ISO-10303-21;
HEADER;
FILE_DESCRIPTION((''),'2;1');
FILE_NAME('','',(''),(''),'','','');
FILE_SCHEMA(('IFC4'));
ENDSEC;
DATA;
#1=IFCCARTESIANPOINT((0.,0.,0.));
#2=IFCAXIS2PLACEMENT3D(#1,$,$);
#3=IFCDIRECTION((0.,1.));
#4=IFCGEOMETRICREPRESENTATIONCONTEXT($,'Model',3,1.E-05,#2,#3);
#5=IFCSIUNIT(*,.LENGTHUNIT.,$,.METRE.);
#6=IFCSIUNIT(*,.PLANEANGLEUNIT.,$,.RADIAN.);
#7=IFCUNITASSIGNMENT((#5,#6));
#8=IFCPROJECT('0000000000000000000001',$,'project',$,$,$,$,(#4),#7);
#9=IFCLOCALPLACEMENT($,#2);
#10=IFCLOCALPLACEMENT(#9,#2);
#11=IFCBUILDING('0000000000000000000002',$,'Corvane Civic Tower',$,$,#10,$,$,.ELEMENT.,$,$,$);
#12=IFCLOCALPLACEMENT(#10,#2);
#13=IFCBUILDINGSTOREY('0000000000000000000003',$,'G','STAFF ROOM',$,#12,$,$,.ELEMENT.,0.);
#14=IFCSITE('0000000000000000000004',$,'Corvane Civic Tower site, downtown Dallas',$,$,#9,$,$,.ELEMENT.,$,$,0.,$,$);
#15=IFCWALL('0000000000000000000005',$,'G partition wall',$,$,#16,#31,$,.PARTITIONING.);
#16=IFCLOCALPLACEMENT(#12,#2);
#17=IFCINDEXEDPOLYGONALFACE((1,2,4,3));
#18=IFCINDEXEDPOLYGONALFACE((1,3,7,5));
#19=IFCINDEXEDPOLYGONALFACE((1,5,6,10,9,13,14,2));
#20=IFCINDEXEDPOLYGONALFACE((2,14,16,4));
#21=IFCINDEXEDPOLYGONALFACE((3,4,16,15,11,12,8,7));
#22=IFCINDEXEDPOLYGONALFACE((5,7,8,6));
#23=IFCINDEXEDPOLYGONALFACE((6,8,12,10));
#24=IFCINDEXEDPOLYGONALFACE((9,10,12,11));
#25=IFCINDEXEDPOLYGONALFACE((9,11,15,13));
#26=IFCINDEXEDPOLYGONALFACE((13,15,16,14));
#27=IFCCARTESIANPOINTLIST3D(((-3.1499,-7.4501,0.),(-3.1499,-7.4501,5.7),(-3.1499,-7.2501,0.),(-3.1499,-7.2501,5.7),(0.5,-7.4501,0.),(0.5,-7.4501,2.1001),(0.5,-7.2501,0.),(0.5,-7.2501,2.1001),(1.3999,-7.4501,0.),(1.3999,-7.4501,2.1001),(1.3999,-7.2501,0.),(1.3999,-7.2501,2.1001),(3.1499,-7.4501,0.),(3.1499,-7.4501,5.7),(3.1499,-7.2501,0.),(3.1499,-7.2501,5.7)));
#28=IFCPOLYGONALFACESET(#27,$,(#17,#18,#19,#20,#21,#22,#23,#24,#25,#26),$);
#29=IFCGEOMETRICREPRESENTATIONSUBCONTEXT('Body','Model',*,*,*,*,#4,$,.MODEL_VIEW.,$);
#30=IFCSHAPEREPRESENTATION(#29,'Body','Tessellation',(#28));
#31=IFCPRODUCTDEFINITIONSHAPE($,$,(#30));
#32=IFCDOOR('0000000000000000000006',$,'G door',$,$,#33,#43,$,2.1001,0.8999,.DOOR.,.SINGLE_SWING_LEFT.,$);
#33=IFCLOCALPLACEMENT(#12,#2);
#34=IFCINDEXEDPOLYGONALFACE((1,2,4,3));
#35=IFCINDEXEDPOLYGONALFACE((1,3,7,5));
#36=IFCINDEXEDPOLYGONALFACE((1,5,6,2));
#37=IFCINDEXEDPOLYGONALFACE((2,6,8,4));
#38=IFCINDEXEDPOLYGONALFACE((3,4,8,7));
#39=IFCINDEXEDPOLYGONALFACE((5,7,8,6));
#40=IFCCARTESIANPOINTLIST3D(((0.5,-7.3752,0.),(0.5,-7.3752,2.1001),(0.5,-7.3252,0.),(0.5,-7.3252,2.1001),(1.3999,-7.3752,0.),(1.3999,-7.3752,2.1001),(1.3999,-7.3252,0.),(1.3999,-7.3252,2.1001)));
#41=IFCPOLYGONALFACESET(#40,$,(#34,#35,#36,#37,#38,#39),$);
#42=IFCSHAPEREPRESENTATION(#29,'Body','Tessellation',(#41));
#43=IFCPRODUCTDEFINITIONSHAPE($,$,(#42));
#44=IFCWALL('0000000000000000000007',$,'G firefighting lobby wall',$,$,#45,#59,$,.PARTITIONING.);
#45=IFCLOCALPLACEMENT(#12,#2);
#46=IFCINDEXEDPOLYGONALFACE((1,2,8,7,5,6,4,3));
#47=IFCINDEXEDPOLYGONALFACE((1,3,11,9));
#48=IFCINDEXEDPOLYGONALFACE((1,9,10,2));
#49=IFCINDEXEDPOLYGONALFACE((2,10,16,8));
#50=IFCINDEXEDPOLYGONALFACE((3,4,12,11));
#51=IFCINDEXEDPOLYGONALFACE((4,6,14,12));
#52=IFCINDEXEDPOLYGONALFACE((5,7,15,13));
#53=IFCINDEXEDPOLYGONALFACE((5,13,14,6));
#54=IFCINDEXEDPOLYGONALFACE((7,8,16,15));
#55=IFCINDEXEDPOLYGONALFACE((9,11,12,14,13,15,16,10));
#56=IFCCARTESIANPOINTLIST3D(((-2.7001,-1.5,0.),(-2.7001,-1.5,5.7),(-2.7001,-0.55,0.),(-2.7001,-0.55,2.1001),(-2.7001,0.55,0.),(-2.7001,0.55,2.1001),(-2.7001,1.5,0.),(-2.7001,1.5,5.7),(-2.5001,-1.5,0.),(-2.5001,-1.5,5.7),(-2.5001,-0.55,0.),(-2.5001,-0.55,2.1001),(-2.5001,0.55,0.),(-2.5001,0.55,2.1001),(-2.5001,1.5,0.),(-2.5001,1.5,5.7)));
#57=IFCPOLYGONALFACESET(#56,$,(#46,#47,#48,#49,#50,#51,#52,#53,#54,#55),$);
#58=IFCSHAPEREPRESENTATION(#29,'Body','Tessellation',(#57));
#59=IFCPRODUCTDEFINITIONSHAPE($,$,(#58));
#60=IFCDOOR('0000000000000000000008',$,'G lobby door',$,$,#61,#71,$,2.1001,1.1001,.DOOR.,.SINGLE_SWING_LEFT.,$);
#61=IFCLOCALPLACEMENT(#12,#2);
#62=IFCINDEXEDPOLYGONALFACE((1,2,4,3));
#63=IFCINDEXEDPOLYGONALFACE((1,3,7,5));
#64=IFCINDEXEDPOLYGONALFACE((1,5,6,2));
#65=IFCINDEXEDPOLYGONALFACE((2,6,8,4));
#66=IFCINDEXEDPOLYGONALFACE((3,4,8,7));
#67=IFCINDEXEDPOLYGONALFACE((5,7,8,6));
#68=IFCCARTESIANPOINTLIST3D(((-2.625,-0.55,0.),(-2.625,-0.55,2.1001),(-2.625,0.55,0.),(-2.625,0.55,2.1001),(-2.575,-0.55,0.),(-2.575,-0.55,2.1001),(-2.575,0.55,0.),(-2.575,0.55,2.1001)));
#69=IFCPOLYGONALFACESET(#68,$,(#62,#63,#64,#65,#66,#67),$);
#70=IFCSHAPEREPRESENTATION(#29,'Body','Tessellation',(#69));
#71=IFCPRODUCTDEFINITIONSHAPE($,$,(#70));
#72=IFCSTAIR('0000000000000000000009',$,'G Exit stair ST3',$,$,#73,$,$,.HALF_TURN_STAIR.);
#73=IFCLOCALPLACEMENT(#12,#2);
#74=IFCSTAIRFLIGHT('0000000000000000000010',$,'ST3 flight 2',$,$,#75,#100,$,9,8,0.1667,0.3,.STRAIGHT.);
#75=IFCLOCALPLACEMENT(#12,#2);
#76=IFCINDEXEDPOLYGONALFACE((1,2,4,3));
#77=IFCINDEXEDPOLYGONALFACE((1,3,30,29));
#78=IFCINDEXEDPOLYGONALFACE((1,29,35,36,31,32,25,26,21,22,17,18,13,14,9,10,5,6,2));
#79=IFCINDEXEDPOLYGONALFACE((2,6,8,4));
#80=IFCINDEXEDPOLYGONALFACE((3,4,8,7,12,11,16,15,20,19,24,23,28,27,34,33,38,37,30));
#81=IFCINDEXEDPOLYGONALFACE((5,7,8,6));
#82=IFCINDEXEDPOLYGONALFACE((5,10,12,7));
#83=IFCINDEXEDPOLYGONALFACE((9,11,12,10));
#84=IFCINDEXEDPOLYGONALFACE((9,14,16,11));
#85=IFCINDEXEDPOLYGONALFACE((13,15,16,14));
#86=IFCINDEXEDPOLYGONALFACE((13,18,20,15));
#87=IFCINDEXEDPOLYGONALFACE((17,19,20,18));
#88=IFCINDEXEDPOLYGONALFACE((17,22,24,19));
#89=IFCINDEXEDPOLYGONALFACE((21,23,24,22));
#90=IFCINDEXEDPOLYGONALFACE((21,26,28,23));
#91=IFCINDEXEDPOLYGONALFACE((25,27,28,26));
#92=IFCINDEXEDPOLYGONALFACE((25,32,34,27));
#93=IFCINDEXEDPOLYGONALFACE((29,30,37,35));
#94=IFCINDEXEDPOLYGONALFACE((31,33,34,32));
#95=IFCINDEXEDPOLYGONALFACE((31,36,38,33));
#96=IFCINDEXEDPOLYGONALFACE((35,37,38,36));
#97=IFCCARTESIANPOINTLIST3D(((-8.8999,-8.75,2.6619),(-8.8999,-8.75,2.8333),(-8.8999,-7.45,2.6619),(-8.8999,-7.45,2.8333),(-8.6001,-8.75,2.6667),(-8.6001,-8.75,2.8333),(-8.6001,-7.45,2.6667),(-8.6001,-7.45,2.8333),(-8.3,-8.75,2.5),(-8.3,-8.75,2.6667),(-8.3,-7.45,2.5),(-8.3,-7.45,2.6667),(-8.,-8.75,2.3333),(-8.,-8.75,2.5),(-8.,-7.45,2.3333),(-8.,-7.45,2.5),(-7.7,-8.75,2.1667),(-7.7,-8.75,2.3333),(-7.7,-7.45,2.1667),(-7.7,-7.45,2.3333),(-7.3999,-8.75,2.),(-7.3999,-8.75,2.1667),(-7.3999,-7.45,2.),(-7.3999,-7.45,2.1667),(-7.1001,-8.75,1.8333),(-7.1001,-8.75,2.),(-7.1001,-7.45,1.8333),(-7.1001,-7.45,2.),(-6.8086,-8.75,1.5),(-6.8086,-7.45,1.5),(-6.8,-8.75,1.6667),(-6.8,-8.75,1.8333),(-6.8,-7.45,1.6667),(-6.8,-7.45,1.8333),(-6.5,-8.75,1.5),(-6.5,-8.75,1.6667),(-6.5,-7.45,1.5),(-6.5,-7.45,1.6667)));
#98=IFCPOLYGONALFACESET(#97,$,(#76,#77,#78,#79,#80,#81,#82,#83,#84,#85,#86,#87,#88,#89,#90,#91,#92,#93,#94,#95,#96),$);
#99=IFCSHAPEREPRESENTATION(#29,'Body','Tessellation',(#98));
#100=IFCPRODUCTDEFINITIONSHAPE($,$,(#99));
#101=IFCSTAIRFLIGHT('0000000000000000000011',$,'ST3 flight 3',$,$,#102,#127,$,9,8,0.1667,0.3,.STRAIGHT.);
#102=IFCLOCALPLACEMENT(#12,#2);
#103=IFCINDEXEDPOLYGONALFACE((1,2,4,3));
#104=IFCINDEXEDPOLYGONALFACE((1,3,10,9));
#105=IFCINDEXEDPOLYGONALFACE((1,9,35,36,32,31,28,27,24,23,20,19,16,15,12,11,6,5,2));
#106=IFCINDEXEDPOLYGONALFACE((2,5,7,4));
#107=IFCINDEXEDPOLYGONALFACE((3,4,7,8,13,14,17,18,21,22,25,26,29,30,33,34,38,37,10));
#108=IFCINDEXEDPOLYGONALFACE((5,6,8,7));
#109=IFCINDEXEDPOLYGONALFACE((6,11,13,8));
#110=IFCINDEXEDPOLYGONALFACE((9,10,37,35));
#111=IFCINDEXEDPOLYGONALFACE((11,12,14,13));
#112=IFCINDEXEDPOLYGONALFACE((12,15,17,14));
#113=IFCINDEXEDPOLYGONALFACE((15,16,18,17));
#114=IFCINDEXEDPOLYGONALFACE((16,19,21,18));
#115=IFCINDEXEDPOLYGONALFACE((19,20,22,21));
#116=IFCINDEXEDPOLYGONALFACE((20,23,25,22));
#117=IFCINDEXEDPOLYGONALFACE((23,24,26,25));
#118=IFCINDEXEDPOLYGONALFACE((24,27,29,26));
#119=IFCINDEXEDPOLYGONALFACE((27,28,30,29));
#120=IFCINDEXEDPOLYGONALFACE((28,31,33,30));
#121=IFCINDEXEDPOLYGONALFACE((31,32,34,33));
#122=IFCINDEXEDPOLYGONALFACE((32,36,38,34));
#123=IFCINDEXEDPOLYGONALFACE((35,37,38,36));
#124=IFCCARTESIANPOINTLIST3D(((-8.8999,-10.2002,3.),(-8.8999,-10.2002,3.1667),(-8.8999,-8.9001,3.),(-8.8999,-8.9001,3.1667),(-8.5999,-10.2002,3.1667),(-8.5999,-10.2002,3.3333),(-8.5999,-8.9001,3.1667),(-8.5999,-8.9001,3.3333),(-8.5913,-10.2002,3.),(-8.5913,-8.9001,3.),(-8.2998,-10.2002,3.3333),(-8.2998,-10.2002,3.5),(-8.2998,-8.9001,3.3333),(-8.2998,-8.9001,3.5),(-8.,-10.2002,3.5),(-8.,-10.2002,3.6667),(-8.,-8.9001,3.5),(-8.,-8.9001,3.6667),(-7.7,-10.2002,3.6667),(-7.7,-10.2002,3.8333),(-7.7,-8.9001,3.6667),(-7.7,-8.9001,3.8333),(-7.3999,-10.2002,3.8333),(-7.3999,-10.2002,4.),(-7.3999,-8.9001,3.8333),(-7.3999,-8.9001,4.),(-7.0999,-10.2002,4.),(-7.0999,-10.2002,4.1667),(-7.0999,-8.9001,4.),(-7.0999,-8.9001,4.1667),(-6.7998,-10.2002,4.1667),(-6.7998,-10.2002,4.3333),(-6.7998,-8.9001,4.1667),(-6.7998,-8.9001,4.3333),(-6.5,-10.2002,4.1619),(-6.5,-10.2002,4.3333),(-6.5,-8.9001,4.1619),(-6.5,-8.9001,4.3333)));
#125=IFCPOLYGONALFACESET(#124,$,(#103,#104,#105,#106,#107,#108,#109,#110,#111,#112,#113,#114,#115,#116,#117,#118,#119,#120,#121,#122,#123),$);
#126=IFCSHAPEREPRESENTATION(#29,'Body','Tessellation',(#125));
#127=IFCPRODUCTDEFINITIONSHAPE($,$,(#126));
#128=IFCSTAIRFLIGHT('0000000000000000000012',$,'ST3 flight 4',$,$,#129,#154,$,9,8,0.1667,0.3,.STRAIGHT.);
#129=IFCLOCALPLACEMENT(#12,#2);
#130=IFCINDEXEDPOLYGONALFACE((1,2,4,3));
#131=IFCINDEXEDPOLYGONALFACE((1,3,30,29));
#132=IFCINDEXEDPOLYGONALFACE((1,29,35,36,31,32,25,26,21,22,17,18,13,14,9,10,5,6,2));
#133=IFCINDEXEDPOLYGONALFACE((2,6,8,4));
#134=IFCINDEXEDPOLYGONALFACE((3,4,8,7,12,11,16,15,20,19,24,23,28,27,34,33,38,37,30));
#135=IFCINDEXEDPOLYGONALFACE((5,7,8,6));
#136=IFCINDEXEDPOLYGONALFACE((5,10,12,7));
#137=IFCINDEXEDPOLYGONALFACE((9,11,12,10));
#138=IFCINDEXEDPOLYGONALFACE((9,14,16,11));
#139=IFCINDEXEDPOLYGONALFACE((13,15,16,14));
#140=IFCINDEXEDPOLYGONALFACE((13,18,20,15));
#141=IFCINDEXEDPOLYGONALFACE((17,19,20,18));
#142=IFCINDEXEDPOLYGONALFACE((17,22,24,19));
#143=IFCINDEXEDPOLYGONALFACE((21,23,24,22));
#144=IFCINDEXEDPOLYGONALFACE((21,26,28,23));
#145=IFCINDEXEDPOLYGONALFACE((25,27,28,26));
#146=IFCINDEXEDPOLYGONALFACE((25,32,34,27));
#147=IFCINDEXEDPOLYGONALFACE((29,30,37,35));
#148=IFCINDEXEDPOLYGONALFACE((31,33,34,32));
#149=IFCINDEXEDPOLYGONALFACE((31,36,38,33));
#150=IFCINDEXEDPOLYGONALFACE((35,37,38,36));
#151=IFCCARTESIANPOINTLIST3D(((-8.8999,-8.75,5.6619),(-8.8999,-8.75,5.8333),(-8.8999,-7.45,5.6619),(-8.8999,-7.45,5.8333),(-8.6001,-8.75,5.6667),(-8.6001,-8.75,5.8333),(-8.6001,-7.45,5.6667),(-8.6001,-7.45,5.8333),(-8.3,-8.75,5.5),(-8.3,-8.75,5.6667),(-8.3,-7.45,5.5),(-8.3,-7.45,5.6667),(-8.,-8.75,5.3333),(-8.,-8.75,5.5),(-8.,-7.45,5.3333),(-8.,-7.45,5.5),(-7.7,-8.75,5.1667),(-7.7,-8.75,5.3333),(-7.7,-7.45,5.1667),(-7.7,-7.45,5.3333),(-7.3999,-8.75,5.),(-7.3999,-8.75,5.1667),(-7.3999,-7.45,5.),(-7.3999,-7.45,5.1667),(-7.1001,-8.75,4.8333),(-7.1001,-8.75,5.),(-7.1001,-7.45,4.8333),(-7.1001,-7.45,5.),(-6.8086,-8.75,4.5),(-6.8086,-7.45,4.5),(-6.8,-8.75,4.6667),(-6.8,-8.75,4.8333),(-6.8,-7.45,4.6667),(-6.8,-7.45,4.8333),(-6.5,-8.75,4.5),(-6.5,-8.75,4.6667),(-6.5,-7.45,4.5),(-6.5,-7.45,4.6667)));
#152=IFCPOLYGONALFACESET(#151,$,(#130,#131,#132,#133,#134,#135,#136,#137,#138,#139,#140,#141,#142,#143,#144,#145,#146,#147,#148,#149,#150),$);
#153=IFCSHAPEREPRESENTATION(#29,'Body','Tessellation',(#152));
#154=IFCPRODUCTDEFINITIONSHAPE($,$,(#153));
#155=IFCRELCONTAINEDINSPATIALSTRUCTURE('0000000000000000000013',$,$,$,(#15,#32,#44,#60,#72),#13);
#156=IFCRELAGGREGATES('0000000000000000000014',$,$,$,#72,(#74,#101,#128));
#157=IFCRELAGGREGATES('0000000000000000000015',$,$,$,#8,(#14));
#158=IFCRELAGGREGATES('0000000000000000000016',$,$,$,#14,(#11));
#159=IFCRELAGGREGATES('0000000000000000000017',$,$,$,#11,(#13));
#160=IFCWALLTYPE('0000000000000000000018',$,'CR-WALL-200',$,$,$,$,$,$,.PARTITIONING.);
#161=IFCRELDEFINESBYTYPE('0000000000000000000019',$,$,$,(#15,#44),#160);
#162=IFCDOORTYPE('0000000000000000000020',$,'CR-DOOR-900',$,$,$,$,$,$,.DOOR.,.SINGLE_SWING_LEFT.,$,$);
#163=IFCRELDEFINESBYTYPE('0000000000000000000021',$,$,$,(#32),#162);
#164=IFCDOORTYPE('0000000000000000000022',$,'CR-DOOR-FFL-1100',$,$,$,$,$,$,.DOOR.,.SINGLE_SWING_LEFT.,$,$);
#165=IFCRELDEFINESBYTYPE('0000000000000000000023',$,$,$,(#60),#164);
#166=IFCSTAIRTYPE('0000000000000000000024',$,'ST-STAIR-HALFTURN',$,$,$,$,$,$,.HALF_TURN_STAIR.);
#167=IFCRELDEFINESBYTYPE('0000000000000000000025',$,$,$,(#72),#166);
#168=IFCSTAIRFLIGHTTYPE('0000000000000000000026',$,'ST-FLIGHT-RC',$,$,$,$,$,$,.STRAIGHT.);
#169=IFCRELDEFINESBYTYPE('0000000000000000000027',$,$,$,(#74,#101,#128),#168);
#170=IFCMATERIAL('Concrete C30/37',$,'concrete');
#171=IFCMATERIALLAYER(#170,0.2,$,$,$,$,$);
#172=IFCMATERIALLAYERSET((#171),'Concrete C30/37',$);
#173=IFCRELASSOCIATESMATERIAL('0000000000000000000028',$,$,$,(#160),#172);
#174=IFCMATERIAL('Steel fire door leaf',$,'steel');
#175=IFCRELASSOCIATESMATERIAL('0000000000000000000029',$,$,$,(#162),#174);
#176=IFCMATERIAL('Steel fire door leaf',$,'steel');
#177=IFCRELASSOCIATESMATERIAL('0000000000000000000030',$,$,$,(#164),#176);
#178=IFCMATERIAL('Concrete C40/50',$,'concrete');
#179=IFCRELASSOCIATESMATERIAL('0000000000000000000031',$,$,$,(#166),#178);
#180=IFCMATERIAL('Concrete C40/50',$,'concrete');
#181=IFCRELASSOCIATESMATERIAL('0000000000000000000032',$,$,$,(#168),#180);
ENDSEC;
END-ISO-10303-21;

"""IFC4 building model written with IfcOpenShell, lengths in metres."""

from ifc_helpers import new_model, si_unit, direction, frame, frame_2d, origin, place, context, subcontext, project, spatial, polyline, rectangle, outline, extrude, material, layer, layer_set, type_object, element, fill, aggregate, save


model = new_model("IFC4")

# Units and contexts
model_context = context("Model", 3, precision=1e-05, world=origin(), true_north=direction((0.0, 1.0)))
body_context = subcontext(model_context, "Body", "Model", "MODEL_VIEW")
ifc_project = project(units=[si_unit("LENGTHUNIT", "METRE"), si_unit("PLANEANGLEUNIT", "RADIAN")], contexts=[model_context])

# Site, building, storey
site_placement = place(None, origin())
site = spatial("IfcSite", under=ifc_project, at=site_placement, Name="Corvane Civic Tower site, downtown Dallas", CompositionType="ELEMENT", RefElevation=0.0)
building_placement = place(site_placement, origin())
building = spatial("IfcBuilding", under=site, at=building_placement, Name="Corvane Civic Tower", CompositionType="ELEMENT")
storey_placement = place(building_placement, origin())
storey = spatial("IfcBuildingStorey", under=building, at=storey_placement, Name="G", Description="STAFF ROOM", CompositionType="ELEMENT", Elevation=0.0)

# Walls, openings, doors
ifc_material_1 = material(Name="Concrete C30/37", Category="concrete")
ifc_layer = layer(ifc_material_1, 0.2)
ifc_layer_set = layer_set([ifc_layer], Name="Concrete C30/37")
wall_type = type_object("IfcWallType", Name="CR-WALL-200", PredefinedType="PARTITIONING", material=ifc_layer_set)
wall_1_placement = place(storey_placement, frame((-3.1499, -7.3501, 0.0), z_axis=(0.0, 0.0, 1.0), x_axis=(1.0, 0.0, 0.0)))
wall_1 = element("IfcWall", 1, at=wall_1_placement, inside=storey, type_object=wall_type, Name="G partition wall", PredefinedType="PARTITIONING", context=body_context, shape_type="SweptSolid", body=[
    extrude(rectangle(XDim=6.2998, YDim=0.2, at=frame_2d((3.1499, 0.0))), origin(), (0.0, 0.0, 1.0), 5.7),
])
opening_1_placement = place(wall_1_placement, frame((3.6499, 0.0, 0.0)))
opening_1 = element("IfcOpeningElement", 2, at=opening_1_placement, cuts=wall_1, PredefinedType="OPENING", context=body_context, shape_type="SweptSolid", body=[
    extrude(rectangle(XDim=0.8999, YDim=2.1001, at=frame_2d((0.45, 1.05))), frame((0.0, 0.1099, 0.0), z_axis=(0.0, -1.0, 0.0), x_axis=(1.0, 0.0, 0.0)), (0.0, 0.0, 1.0), 0.22),
])
ifc_material_2 = material(Name="Steel fire door leaf", Category="steel")
door_type_1 = type_object("IfcDoorType", Name="CR-DOOR-900", OperationType="SINGLE_SWING_LEFT", PredefinedType="DOOR", material=ifc_material_2)
door_1_placement = place(opening_1_placement, origin())
door_1 = element("IfcDoor", 3, at=door_1_placement, inside=storey, type_object=door_type_1, Name="G door", OperationType="SINGLE_SWING_LEFT", OverallHeight=2.1001, OverallWidth=0.8999, PredefinedType="DOOR", context=body_context, shape_type="SweptSolid", body=[
    extrude(rectangle(XDim=0.8999, YDim=2.1001, at=frame_2d((0.45, 1.05))), frame((0.0, 0.0249, 0.0), z_axis=(0.0, -1.0, 0.0), x_axis=(1.0, 0.0, 0.0)), (0.0, 0.0, 1.0), 0.05),
])
fill(opening_1, door_1)
wall_2_placement = place(storey_placement, frame((-2.6001, -1.5, 0.0), z_axis=(0.0, 0.0, 1.0), x_axis=(0.0, 1.0, 0.0)))
wall_2 = element("IfcWall", 4, at=wall_2_placement, inside=storey, type_object=wall_type, Name="G firefighting lobby wall", PredefinedType="PARTITIONING", context=body_context, shape_type="SweptSolid", body=[
    extrude(rectangle(XDim=3.0, YDim=0.2, at=frame_2d((1.5, 0.0))), origin(), (0.0, 0.0, 1.0), 5.7),
])
opening_2_placement = place(wall_2_placement, frame((0.95, 0.0, 0.0)))
opening_2 = element("IfcOpeningElement", 5, at=opening_2_placement, cuts=wall_2, PredefinedType="OPENING", context=body_context, shape_type="SweptSolid", body=[
    extrude(rectangle(XDim=1.1001, YDim=2.1001, at=frame_2d((0.55, 1.05))), frame((0.0, 0.1099, 0.0), z_axis=(0.0, -1.0, 0.0), x_axis=(1.0, 0.0, 0.0)), (0.0, 0.0, 1.0), 0.22),
])
ifc_material_3 = material(Name="Steel fire door leaf", Category="steel")
door_type_2 = type_object("IfcDoorType", Name="CR-DOOR-FFL-1100", OperationType="SINGLE_SWING_LEFT", PredefinedType="DOOR", material=ifc_material_3)
door_2_placement = place(opening_2_placement, origin())
door_2 = element("IfcDoor", 6, at=door_2_placement, inside=storey, type_object=door_type_2, Name="G lobby door", OperationType="SINGLE_SWING_LEFT", OverallHeight=2.1001, OverallWidth=1.1001, PredefinedType="DOOR", context=body_context, shape_type="SweptSolid", body=[
    extrude(rectangle(XDim=1.1001, YDim=2.1001, at=frame_2d((0.55, 1.05))), frame((0.0, 0.0249, 0.0), z_axis=(0.0, -1.0, 0.0), x_axis=(1.0, 0.0, 0.0)), (0.0, 0.0, 1.0), 0.05),
])
fill(opening_2, door_2)

# Stair, stair flights
ifc_material_4 = material(Name="Concrete C40/50", Category="concrete")
stair_type = type_object("IfcStairType", Name="ST-STAIR-HALFTURN", PredefinedType="HALF_TURN_STAIR", material=ifc_material_4)
stair_placement = place(storey_placement, origin())
stair = element("IfcStair", 7, at=stair_placement, inside=storey, type_object=stair_type, Name="G Exit stair ST3", PredefinedType="HALF_TURN_STAIR")
ifc_material_5 = material(Name="Concrete C40/50", Category="concrete")
stair_flight_type = type_object("IfcStairFlightType", Name="ST-FLIGHT-RC", PredefinedType="STRAIGHT", material=ifc_material_5)
stair_flight_1_placement = place(storey_placement, frame((-6.5, -8.1001, 1.5), z_axis=(0.0, 0.0, 1.0), x_axis=(-1.0, 0.0, 0.0)))
stair_flight_1 = element("IfcStairFlight", 8, at=stair_flight_1_placement, type_object=stair_flight_type, Name="ST3 flight 2", NumberOfRisers=9, NumberOfTreads=8, PredefinedType="STRAIGHT", RiserHeight=0.1667, TreadLength=0.3, context=body_context, shape_type="SweptSolid", body=[
    extrude(outline(polyline([(0.0, 0.0), (0.0, 0.1667), (0.3, 0.1667), (0.3, 0.3333), (0.6001, 0.3333), (0.6001, 0.5), (0.8999, 0.5), (0.8999, 0.6667), (1.2, 0.6667), (1.2, 0.8333), (1.5, 0.8333), (1.5, 1.0), (1.8, 1.0), (1.8, 1.1667), (2.1001, 1.1667), (2.1001, 1.3333), (2.3999, 1.3333), (2.3999, 1.5), (2.3999, 1.1619), (0.3086, 0.0), (0.0, 0.0)])), frame((0.0, 0.6499, 0.0), z_axis=(0.0, -1.0, 0.0), x_axis=(1.0, 0.0, 0.0)), (0.0, 0.0, 1.0), 1.3),
])
stair_flight_2_placement = place(storey_placement, frame((-8.8999, -9.55, 3.0), z_axis=(0.0, 0.0, 1.0), x_axis=(1.0, 0.0, 0.0)))
stair_flight_2 = element("IfcStairFlight", 9, at=stair_flight_2_placement, type_object=stair_flight_type, Name="ST3 flight 3", NumberOfRisers=9, NumberOfTreads=8, PredefinedType="STRAIGHT", RiserHeight=0.1667, TreadLength=0.3, context=body_context, shape_type="SweptSolid", body=[
    extrude(outline(polyline([(0.0, 0.0), (0.0, 0.1667), (0.3, 0.1667), (0.3, 0.3333), (0.6001, 0.3333), (0.6001, 0.5), (0.8999, 0.5), (0.8999, 0.6667), (1.2, 0.6667), (1.2, 0.8333), (1.5, 0.8333), (1.5, 1.0), (1.8, 1.0), (1.8, 1.1667), (2.1001, 1.1667), (2.1001, 1.3333), (2.3999, 1.3333), (2.3999, 1.5), (2.3999, 1.1619), (0.3086, 0.0), (0.0, 0.0)])), frame((0.0, 0.6499, 0.0), z_axis=(0.0, -1.0, 0.0), x_axis=(1.0, 0.0, 0.0)), (0.0, 0.0, 1.0), 1.3),
])
stair_flight_3_placement = place(storey_placement, frame((-6.5, -8.1001, 4.5), z_axis=(0.0, 0.0, 1.0), x_axis=(-1.0, 0.0, 0.0)))
stair_flight_3 = element("IfcStairFlight", 10, at=stair_flight_3_placement, type_object=stair_flight_type, Name="ST3 flight 4", NumberOfRisers=9, NumberOfTreads=8, PredefinedType="STRAIGHT", RiserHeight=0.1667, TreadLength=0.3, context=body_context, shape_type="SweptSolid", body=[
    extrude(outline(polyline([(0.0, 0.0), (0.0, 0.1667), (0.3, 0.1667), (0.3, 0.3333), (0.6001, 0.3333), (0.6001, 0.5), (0.8999, 0.5), (0.8999, 0.6667), (1.2, 0.6667), (1.2, 0.8333), (1.5, 0.8333), (1.5, 1.0), (1.8, 1.0), (1.8, 1.1667), (2.1001, 1.1667), (2.1001, 1.3333), (2.3999, 1.3333), (2.3999, 1.5), (2.3999, 1.1619), (0.3086, 0.0), (0.0, 0.0)])), frame((0.0, 0.6499, 0.0), z_axis=(0.0, -1.0, 0.0), x_axis=(1.0, 0.0, 0.0)), (0.0, 0.0, 1.0), 1.3),
])
aggregate(stair, [stair_flight_1, stair_flight_2, stair_flight_3])

save(model, "model.ifc")
